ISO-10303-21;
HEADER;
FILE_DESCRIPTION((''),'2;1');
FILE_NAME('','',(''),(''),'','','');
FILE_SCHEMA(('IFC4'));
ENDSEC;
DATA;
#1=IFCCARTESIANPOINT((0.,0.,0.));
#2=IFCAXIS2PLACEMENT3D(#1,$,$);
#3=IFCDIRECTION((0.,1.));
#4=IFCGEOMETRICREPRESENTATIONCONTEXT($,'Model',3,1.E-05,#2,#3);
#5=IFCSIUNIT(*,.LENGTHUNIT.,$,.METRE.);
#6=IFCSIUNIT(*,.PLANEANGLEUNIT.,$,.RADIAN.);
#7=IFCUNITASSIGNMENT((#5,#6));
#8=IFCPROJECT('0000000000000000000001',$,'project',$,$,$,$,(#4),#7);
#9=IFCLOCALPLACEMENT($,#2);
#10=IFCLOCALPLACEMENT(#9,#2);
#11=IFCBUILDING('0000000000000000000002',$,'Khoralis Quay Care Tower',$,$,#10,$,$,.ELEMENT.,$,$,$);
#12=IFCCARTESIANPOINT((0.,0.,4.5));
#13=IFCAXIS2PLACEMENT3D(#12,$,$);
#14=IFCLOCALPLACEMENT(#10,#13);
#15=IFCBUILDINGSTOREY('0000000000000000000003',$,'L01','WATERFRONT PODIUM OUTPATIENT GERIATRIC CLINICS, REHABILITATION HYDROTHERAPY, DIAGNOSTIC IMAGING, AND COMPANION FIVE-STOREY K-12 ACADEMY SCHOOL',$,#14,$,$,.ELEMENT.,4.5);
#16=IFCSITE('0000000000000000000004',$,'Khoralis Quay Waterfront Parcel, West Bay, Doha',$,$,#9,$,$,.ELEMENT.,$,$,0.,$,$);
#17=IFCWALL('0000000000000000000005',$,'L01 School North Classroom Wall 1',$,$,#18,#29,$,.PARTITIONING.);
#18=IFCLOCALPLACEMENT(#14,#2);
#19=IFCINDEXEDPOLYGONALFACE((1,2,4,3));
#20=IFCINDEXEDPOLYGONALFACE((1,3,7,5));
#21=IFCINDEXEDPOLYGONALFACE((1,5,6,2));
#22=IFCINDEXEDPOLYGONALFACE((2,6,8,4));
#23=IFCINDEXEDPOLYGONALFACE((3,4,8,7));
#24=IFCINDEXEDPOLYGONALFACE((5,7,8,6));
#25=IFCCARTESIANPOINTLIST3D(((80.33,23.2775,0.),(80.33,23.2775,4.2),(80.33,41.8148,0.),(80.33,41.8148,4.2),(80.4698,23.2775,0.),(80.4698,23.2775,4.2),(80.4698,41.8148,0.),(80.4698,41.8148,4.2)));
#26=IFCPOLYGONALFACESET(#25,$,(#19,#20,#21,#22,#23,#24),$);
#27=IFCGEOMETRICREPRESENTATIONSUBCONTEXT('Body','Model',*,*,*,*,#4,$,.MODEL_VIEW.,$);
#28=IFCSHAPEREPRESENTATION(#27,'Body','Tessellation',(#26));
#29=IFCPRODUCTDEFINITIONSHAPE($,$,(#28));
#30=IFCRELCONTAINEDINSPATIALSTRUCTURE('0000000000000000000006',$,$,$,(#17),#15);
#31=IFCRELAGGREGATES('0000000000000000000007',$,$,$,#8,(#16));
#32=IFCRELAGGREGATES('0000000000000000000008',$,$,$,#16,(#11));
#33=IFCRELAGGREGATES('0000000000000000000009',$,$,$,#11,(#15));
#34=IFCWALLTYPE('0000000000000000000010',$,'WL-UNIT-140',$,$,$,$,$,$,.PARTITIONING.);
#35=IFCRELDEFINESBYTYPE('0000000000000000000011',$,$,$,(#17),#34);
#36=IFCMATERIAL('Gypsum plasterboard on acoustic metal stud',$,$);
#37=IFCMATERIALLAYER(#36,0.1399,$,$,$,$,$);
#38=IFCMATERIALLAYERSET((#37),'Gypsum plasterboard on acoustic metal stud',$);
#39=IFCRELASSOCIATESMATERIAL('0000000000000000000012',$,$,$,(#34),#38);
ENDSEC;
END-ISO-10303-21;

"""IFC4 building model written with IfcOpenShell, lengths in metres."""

from ifc_helpers import new_model, si_unit, direction, frame, frame_2d, origin, place, context, subcontext, project, spatial, rectangle, extrude, material, layer, layer_set, type_object, element, save


model = new_model("IFC4")

# Units and contexts
model_context = context("Model", 3, precision=1e-05, world=origin(), true_north=direction((0.0, 1.0)))
body_context = subcontext(model_context, "Body", "Model", "MODEL_VIEW")
ifc_project = project(units=[si_unit("LENGTHUNIT", "METRE"), si_unit("PLANEANGLEUNIT", "RADIAN")], contexts=[model_context])

# Site, building, storey
site_placement = place(None, origin())
site = spatial("IfcSite", under=ifc_project, at=site_placement, Name="Khoralis Quay Waterfront Parcel, West Bay, Doha", CompositionType="ELEMENT", RefElevation=0.0)
building_placement = place(site_placement, origin())
building = spatial("IfcBuilding", under=site, at=building_placement, Name="Khoralis Quay Care Tower", CompositionType="ELEMENT")
storey_placement = place(building_placement, frame((0.0, 0.0, 4.5)))
storey = spatial("IfcBuildingStorey", under=building, at=storey_placement, Name="L01", Description="WATERFRONT PODIUM OUTPATIENT GERIATRIC CLINICS, REHABILITATION HYDROTHERAPY, DIAGNOSTIC IMAGING, AND COMPANION FIVE-STOREY K-12 ACADEMY SCHOOL", CompositionType="ELEMENT", Elevation=4.5)

# Shared definitions
ifc_material_1 = material(Name="Gypsum plasterboard on acoustic metal stud")

# Wall
ifc_layer_1 = layer(ifc_material_1, 0.1399)
ifc_layer_set_1 = layer_set([ifc_layer_1], Name="Gypsum plasterboard on acoustic metal stud")
wall_type_1 = type_object("IfcWallType", Name="WL-UNIT-140", PredefinedType="PARTITIONING", material=ifc_layer_set_1)
wall_1_placement = place(storey_placement, frame((80.3999, 23.2776, 0.0), z_axis=(0.0, 0.0, 1.0), x_axis=(0.0, 1.0, 0.0)))
element("IfcWall", 1, at=wall_1_placement, inside=storey, type_object=wall_type_1, Name="L01 School North Classroom Wall 1", PredefinedType="PARTITIONING", context=body_context, shape_type="SweptSolid", body=[
    extrude(rectangle(XDim=18.5374, YDim=0.1399, at=frame_2d((9.2686, 0.0))), origin(), (0.0, 0.0, 1.0), 4.2),
])

save(model, "model.ifc")
